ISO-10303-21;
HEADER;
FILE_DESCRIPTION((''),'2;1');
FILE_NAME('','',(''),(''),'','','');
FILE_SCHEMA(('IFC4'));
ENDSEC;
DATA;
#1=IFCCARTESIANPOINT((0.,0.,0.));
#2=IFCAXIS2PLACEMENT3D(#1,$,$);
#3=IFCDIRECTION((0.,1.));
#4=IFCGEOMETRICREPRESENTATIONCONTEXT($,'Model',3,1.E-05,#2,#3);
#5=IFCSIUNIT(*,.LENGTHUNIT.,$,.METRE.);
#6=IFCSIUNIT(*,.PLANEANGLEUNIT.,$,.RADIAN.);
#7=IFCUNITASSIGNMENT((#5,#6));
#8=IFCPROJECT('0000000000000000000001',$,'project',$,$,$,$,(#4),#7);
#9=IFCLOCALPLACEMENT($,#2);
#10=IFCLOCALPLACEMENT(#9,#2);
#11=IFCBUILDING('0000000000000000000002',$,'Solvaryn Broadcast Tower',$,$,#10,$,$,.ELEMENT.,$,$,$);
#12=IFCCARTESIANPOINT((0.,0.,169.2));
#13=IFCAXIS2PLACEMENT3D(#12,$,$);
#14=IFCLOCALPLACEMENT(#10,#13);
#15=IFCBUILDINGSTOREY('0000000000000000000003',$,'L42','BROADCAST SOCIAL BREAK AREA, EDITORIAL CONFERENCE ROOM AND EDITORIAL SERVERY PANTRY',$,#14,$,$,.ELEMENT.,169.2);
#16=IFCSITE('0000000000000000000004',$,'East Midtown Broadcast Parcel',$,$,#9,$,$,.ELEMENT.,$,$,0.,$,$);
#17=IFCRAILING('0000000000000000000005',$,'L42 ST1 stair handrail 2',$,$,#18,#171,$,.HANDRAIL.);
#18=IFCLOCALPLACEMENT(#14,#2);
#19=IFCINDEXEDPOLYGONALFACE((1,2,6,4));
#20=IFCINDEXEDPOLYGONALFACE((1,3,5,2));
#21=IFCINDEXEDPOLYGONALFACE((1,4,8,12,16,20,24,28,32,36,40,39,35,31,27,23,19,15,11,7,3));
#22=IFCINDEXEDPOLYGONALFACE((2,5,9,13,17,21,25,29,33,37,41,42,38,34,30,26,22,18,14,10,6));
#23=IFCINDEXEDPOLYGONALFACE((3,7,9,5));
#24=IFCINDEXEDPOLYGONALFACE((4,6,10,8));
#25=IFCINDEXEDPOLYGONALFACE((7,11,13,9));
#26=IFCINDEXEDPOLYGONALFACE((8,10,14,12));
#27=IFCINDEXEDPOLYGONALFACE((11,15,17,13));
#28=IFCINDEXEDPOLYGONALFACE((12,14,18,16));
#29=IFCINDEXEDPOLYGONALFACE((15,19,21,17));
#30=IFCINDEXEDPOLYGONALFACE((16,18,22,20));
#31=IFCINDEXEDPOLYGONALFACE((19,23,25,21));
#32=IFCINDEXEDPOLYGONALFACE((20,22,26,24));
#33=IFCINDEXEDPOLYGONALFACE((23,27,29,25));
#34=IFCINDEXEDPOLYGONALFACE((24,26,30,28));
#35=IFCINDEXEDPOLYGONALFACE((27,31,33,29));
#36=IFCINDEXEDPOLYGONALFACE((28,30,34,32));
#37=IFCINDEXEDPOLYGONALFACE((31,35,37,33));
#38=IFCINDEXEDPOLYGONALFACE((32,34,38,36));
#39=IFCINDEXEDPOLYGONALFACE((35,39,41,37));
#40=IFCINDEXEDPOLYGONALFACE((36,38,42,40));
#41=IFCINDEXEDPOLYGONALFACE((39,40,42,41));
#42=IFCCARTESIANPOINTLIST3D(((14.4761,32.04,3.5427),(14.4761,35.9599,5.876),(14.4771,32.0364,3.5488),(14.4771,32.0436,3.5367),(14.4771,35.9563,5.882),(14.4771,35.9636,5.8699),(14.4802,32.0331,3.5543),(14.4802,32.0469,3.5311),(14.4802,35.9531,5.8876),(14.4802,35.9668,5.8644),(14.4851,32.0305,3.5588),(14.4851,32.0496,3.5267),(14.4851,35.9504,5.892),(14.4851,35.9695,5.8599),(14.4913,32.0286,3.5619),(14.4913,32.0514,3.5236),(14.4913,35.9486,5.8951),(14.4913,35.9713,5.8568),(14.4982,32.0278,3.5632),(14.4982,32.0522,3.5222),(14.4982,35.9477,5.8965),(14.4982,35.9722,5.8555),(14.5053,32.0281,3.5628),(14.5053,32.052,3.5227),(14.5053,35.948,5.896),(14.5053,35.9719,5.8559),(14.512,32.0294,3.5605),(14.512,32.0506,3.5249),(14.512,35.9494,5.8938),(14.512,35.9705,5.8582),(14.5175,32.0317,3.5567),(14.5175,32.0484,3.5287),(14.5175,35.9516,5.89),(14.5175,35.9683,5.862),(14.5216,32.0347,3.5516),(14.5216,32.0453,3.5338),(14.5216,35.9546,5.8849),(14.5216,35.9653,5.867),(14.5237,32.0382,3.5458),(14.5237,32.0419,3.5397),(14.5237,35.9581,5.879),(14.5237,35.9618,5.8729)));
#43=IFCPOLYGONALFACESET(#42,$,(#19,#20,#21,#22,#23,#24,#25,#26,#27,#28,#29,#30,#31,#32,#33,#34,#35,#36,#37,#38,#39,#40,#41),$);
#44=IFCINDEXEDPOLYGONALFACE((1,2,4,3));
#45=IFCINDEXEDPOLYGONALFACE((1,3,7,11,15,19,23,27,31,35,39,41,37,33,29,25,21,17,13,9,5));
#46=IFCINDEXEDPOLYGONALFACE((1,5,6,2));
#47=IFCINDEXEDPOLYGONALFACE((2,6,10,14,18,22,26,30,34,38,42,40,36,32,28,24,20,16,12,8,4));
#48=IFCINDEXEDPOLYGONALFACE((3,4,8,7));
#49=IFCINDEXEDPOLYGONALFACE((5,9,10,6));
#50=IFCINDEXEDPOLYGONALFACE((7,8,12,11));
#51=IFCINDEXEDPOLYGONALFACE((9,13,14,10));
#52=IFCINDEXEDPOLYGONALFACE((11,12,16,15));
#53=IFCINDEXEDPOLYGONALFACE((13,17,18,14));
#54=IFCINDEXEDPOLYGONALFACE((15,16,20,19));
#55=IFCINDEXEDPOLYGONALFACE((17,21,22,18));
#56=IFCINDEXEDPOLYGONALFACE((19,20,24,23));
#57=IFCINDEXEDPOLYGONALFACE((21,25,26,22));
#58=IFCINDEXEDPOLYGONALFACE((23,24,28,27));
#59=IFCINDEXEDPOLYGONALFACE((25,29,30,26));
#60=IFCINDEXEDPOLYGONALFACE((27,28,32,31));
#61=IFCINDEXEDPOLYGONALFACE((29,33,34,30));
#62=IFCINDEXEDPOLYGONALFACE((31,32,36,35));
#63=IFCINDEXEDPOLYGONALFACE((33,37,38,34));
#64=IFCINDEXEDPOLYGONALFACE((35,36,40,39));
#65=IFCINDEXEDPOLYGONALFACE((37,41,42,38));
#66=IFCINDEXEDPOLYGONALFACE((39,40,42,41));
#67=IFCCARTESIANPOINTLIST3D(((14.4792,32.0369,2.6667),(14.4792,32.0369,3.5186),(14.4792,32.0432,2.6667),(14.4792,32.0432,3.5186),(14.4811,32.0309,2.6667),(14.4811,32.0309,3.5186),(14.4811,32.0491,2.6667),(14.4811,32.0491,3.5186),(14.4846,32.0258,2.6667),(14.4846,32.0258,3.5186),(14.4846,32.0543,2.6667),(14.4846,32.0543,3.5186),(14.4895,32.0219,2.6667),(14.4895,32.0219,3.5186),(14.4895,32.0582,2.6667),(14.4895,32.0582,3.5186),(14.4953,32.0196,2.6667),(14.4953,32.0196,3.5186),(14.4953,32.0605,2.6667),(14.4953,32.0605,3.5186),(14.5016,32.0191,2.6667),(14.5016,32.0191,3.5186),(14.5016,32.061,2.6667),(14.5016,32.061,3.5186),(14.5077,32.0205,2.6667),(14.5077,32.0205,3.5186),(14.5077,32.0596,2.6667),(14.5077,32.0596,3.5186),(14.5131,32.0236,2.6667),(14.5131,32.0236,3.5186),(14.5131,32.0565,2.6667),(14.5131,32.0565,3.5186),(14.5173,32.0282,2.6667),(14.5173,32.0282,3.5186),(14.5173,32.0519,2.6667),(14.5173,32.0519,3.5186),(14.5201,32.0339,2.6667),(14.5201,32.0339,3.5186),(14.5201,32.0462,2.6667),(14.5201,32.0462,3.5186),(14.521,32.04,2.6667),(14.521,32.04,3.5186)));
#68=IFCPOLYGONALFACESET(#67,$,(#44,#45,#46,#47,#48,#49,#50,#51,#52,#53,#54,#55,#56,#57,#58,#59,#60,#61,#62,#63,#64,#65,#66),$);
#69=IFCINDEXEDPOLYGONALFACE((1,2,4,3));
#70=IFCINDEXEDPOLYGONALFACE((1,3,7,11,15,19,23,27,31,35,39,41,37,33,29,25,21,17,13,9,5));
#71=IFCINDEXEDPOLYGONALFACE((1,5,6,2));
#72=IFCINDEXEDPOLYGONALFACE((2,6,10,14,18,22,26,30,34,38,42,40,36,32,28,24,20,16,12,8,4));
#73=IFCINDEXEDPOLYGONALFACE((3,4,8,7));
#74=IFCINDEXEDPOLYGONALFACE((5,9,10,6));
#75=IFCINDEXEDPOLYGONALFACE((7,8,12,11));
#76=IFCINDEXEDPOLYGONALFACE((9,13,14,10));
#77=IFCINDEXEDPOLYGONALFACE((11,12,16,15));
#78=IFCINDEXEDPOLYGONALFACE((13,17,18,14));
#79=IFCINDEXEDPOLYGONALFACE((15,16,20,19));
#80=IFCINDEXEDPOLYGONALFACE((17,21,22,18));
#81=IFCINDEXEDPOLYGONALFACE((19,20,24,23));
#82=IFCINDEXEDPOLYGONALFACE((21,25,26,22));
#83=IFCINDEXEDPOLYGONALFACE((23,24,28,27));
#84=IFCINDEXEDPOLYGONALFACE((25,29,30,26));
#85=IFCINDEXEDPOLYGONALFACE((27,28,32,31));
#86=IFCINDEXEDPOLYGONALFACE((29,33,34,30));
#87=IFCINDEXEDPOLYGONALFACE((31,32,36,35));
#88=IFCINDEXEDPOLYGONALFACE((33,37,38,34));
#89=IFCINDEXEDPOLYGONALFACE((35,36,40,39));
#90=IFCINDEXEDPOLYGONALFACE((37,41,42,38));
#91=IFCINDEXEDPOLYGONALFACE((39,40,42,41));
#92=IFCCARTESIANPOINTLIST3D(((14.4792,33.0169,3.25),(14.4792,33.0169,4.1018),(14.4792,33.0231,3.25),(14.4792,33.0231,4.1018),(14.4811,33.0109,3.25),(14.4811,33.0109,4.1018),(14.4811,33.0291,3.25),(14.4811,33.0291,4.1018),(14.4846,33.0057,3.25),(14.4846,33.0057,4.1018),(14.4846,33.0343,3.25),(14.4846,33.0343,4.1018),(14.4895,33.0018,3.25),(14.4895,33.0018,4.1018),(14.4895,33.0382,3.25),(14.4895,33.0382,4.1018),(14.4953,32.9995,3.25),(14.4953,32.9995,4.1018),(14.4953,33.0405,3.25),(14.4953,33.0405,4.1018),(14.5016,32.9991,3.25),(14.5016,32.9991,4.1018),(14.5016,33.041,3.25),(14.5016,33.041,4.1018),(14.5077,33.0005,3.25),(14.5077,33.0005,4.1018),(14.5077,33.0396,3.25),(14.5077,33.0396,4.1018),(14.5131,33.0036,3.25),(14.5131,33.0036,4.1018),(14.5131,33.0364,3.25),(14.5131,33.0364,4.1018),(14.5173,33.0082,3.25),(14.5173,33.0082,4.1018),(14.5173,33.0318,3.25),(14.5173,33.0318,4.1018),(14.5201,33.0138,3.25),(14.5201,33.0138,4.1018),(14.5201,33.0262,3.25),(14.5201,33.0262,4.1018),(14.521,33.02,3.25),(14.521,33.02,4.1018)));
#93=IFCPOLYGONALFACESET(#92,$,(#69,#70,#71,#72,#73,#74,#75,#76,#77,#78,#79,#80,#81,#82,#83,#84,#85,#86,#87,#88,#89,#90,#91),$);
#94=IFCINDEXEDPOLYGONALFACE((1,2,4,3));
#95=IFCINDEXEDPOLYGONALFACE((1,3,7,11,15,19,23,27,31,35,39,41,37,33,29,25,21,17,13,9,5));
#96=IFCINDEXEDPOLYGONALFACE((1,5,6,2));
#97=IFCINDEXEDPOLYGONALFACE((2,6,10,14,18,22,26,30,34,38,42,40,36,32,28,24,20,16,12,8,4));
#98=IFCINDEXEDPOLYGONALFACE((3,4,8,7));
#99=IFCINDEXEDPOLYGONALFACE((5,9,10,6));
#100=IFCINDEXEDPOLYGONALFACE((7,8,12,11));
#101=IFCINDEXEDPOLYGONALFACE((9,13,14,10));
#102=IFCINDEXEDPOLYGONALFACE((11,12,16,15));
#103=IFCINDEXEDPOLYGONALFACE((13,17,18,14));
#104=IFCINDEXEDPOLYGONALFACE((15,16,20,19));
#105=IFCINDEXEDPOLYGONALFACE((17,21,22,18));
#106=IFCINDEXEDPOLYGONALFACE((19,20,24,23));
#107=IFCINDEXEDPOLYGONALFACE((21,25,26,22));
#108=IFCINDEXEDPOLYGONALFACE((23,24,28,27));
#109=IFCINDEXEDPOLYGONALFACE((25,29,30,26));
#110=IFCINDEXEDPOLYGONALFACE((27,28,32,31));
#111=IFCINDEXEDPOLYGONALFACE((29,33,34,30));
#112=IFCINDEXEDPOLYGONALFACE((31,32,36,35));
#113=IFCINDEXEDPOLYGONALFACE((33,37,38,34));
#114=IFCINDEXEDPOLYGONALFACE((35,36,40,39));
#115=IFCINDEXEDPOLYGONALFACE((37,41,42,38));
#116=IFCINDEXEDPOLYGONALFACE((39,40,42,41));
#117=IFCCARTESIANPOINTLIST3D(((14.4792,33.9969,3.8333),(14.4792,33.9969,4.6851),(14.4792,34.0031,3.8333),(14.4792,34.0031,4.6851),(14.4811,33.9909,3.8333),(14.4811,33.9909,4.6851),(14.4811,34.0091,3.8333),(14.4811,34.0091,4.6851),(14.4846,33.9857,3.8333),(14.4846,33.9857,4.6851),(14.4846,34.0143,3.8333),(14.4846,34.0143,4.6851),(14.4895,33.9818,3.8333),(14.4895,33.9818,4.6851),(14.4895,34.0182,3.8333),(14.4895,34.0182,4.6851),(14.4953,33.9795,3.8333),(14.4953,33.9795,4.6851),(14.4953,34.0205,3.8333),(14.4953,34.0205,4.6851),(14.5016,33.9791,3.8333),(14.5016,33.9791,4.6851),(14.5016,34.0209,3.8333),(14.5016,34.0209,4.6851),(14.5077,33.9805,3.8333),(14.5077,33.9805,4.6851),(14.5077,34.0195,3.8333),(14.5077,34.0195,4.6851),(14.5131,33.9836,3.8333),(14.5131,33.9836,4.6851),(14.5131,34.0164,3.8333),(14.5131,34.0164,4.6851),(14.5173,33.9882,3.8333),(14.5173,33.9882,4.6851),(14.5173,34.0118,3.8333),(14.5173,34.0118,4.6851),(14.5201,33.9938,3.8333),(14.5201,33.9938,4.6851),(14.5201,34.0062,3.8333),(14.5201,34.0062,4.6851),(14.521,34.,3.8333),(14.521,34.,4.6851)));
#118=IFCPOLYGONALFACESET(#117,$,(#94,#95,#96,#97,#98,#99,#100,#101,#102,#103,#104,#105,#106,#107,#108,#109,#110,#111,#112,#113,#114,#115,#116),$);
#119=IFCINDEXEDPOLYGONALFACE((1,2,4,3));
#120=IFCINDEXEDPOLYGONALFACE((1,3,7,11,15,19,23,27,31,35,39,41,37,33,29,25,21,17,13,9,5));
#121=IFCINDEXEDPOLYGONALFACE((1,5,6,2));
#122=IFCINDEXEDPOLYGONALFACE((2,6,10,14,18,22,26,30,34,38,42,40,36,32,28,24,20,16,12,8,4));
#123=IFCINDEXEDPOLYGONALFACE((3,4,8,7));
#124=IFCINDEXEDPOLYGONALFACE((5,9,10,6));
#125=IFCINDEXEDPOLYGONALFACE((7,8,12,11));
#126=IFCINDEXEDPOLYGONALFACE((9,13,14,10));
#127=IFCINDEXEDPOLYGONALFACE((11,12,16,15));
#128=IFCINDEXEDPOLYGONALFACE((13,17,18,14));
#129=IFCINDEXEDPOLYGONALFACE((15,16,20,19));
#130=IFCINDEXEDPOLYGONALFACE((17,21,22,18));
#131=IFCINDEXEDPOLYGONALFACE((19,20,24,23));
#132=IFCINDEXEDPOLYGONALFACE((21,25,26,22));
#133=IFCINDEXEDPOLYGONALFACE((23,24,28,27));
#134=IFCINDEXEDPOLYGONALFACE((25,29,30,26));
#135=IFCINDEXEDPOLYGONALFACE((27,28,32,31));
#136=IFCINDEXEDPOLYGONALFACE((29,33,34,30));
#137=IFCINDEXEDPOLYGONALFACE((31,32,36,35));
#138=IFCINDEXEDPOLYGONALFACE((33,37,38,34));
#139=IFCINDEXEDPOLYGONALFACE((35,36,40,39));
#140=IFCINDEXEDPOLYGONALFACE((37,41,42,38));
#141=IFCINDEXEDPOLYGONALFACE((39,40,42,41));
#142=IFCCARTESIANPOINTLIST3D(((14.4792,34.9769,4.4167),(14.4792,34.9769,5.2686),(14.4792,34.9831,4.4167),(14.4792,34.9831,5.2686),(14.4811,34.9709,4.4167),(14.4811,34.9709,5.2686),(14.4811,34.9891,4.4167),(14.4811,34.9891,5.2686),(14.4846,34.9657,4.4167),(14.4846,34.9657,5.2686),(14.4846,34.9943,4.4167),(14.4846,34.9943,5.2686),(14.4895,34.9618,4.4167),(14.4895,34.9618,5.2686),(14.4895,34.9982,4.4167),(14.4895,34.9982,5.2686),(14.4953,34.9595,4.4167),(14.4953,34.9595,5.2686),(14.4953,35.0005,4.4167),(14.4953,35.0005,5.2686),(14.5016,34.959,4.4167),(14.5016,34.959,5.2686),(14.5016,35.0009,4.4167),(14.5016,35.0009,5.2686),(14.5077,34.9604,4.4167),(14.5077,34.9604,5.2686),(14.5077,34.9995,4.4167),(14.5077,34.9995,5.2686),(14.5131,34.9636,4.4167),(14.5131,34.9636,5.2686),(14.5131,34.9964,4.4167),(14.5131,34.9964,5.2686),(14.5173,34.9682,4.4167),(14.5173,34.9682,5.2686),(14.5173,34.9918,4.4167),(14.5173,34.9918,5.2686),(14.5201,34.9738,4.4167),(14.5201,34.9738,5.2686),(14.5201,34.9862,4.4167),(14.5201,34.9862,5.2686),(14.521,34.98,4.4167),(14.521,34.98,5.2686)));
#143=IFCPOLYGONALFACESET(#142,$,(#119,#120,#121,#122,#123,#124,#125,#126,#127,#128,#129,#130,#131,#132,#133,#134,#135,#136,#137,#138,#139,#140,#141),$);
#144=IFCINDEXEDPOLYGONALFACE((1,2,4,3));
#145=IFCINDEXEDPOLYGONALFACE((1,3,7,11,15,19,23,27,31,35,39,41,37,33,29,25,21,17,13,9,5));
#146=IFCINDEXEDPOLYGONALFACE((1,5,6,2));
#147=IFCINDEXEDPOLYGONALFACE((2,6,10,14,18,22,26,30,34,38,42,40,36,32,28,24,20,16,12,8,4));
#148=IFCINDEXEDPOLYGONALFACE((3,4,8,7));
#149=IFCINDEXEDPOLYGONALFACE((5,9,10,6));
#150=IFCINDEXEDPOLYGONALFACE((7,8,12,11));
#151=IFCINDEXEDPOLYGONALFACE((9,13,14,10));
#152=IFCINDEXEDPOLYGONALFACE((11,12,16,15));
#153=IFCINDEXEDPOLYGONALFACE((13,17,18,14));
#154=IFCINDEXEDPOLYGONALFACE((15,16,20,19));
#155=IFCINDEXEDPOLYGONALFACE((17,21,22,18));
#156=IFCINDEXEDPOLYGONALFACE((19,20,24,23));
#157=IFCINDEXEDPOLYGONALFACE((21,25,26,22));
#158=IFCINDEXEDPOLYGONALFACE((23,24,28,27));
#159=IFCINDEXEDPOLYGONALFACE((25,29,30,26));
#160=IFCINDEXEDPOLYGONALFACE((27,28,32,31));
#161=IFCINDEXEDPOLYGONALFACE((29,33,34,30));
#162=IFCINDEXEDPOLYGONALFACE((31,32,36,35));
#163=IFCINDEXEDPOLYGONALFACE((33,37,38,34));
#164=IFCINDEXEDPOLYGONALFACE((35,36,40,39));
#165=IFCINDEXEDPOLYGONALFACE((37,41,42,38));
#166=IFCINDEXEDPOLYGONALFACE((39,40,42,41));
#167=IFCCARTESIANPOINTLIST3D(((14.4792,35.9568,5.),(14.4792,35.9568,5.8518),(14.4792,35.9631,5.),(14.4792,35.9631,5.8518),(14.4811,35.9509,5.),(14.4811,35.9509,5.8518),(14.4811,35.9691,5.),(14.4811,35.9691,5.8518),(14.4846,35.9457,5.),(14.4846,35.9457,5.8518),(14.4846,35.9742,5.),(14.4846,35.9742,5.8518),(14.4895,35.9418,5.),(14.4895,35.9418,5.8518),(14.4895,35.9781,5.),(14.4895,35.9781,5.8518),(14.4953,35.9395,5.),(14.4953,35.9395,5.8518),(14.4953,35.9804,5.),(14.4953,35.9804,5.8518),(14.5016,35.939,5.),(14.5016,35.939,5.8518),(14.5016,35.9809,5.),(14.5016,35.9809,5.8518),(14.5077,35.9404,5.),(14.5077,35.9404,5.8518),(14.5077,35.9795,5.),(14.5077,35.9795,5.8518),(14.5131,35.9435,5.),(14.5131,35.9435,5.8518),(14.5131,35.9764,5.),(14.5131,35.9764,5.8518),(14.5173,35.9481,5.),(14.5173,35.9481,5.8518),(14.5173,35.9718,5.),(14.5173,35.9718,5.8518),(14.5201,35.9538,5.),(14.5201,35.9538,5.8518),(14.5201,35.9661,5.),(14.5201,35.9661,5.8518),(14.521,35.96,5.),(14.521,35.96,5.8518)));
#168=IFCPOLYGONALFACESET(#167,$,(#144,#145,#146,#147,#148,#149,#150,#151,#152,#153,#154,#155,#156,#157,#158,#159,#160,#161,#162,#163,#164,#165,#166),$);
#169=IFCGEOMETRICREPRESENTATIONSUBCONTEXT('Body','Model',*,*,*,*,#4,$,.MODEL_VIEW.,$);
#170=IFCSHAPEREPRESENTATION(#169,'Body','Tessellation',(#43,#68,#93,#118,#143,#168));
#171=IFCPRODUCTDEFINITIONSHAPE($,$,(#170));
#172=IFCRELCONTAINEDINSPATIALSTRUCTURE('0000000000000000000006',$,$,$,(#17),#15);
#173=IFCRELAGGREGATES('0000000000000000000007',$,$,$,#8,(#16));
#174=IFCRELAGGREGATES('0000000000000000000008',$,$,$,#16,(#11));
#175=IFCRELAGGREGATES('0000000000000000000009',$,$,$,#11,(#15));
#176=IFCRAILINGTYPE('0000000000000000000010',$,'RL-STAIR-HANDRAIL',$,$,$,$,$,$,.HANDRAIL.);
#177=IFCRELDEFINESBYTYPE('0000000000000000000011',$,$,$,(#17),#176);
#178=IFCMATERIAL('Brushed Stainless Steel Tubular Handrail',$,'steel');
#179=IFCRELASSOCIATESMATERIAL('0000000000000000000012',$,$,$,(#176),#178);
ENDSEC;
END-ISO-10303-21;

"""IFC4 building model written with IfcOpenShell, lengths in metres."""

from ifc_helpers import new_model, si_unit, direction, frame, origin, origin_2d, place, context, subcontext, project, spatial, circle, extrude, material, type_object, element, save


model = new_model("IFC4")

# Units and contexts
model_context = context("Model", 3, precision=1e-05, world=origin(), true_north=direction((0.0, 1.0)))
body_context = subcontext(model_context, "Body", "Model", "MODEL_VIEW")
ifc_project = project(units=[si_unit("LENGTHUNIT", "METRE"), si_unit("PLANEANGLEUNIT", "RADIAN")], contexts=[model_context])

# Site, building, storey
site_placement = place(None, origin())
site = spatial("IfcSite", under=ifc_project, at=site_placement, Name="East Midtown Broadcast Parcel", CompositionType="ELEMENT", RefElevation=0.0)
building_placement = place(site_placement, origin())
building = spatial("IfcBuilding", under=site, at=building_placement, Name="Solvaryn Broadcast Tower", CompositionType="ELEMENT")
storey_placement = place(building_placement, frame((0.0, 0.0, 169.2)))
storey = spatial("IfcBuildingStorey", under=building, at=storey_placement, Name="L42", Description="BROADCAST SOCIAL BREAK AREA, EDITORIAL CONFERENCE ROOM AND EDITORIAL SERVERY PANTRY", CompositionType="ELEMENT", Elevation=169.2)

# Railing
ifc_material_1 = material(Name="Brushed Stainless Steel Tubular Handrail", Category="steel")
railing_type_1 = type_object("IfcRailingType", Name="RL-STAIR-HANDRAIL", PredefinedType="HANDRAIL", material=ifc_material_1)
railing_1_placement = place(storey_placement, frame((14.5, 32.04, 2.6667)))
element("IfcRailing", 1, at=railing_1_placement, inside=storey, type_object=railing_type_1, Name="L42 ST1 stair handrail 2", PredefinedType="HANDRAIL", context=body_context, shape_type="SweptSolid", body=[
    extrude(circle(Radius=0.0239, at=origin_2d()), frame((0.0, 0.0, 0.876), z_axis=(0.0, 0.859296, 0.511478), x_axis=(-1.0, 0.0, 0.0)), (0.0, 0.0, 1.0), 4.5618),
    extrude(circle(Radius=0.021, at=origin_2d()), origin(), (0.0, 0.0, 1.0), 0.8518),
    extrude(circle(Radius=0.021, at=origin_2d()), frame((0.0, 0.98, 0.5833)), (0.0, 0.0, 1.0), 0.8518),
    extrude(circle(Radius=0.021, at=origin_2d()), frame((0.0, 1.96, 1.1665)), (0.0, 0.0, 1.0), 0.8518),
    extrude(circle(Radius=0.021, at=origin_2d()), frame((0.0, 2.9399, 1.75)), (0.0, 0.0, 1.0), 0.8518),
    extrude(circle(Radius=0.021, at=origin_2d()), frame((0.0, 3.9199, 2.3333)), (0.0, 0.0, 1.0), 0.8518),
])

save(model, "model.ifc")
